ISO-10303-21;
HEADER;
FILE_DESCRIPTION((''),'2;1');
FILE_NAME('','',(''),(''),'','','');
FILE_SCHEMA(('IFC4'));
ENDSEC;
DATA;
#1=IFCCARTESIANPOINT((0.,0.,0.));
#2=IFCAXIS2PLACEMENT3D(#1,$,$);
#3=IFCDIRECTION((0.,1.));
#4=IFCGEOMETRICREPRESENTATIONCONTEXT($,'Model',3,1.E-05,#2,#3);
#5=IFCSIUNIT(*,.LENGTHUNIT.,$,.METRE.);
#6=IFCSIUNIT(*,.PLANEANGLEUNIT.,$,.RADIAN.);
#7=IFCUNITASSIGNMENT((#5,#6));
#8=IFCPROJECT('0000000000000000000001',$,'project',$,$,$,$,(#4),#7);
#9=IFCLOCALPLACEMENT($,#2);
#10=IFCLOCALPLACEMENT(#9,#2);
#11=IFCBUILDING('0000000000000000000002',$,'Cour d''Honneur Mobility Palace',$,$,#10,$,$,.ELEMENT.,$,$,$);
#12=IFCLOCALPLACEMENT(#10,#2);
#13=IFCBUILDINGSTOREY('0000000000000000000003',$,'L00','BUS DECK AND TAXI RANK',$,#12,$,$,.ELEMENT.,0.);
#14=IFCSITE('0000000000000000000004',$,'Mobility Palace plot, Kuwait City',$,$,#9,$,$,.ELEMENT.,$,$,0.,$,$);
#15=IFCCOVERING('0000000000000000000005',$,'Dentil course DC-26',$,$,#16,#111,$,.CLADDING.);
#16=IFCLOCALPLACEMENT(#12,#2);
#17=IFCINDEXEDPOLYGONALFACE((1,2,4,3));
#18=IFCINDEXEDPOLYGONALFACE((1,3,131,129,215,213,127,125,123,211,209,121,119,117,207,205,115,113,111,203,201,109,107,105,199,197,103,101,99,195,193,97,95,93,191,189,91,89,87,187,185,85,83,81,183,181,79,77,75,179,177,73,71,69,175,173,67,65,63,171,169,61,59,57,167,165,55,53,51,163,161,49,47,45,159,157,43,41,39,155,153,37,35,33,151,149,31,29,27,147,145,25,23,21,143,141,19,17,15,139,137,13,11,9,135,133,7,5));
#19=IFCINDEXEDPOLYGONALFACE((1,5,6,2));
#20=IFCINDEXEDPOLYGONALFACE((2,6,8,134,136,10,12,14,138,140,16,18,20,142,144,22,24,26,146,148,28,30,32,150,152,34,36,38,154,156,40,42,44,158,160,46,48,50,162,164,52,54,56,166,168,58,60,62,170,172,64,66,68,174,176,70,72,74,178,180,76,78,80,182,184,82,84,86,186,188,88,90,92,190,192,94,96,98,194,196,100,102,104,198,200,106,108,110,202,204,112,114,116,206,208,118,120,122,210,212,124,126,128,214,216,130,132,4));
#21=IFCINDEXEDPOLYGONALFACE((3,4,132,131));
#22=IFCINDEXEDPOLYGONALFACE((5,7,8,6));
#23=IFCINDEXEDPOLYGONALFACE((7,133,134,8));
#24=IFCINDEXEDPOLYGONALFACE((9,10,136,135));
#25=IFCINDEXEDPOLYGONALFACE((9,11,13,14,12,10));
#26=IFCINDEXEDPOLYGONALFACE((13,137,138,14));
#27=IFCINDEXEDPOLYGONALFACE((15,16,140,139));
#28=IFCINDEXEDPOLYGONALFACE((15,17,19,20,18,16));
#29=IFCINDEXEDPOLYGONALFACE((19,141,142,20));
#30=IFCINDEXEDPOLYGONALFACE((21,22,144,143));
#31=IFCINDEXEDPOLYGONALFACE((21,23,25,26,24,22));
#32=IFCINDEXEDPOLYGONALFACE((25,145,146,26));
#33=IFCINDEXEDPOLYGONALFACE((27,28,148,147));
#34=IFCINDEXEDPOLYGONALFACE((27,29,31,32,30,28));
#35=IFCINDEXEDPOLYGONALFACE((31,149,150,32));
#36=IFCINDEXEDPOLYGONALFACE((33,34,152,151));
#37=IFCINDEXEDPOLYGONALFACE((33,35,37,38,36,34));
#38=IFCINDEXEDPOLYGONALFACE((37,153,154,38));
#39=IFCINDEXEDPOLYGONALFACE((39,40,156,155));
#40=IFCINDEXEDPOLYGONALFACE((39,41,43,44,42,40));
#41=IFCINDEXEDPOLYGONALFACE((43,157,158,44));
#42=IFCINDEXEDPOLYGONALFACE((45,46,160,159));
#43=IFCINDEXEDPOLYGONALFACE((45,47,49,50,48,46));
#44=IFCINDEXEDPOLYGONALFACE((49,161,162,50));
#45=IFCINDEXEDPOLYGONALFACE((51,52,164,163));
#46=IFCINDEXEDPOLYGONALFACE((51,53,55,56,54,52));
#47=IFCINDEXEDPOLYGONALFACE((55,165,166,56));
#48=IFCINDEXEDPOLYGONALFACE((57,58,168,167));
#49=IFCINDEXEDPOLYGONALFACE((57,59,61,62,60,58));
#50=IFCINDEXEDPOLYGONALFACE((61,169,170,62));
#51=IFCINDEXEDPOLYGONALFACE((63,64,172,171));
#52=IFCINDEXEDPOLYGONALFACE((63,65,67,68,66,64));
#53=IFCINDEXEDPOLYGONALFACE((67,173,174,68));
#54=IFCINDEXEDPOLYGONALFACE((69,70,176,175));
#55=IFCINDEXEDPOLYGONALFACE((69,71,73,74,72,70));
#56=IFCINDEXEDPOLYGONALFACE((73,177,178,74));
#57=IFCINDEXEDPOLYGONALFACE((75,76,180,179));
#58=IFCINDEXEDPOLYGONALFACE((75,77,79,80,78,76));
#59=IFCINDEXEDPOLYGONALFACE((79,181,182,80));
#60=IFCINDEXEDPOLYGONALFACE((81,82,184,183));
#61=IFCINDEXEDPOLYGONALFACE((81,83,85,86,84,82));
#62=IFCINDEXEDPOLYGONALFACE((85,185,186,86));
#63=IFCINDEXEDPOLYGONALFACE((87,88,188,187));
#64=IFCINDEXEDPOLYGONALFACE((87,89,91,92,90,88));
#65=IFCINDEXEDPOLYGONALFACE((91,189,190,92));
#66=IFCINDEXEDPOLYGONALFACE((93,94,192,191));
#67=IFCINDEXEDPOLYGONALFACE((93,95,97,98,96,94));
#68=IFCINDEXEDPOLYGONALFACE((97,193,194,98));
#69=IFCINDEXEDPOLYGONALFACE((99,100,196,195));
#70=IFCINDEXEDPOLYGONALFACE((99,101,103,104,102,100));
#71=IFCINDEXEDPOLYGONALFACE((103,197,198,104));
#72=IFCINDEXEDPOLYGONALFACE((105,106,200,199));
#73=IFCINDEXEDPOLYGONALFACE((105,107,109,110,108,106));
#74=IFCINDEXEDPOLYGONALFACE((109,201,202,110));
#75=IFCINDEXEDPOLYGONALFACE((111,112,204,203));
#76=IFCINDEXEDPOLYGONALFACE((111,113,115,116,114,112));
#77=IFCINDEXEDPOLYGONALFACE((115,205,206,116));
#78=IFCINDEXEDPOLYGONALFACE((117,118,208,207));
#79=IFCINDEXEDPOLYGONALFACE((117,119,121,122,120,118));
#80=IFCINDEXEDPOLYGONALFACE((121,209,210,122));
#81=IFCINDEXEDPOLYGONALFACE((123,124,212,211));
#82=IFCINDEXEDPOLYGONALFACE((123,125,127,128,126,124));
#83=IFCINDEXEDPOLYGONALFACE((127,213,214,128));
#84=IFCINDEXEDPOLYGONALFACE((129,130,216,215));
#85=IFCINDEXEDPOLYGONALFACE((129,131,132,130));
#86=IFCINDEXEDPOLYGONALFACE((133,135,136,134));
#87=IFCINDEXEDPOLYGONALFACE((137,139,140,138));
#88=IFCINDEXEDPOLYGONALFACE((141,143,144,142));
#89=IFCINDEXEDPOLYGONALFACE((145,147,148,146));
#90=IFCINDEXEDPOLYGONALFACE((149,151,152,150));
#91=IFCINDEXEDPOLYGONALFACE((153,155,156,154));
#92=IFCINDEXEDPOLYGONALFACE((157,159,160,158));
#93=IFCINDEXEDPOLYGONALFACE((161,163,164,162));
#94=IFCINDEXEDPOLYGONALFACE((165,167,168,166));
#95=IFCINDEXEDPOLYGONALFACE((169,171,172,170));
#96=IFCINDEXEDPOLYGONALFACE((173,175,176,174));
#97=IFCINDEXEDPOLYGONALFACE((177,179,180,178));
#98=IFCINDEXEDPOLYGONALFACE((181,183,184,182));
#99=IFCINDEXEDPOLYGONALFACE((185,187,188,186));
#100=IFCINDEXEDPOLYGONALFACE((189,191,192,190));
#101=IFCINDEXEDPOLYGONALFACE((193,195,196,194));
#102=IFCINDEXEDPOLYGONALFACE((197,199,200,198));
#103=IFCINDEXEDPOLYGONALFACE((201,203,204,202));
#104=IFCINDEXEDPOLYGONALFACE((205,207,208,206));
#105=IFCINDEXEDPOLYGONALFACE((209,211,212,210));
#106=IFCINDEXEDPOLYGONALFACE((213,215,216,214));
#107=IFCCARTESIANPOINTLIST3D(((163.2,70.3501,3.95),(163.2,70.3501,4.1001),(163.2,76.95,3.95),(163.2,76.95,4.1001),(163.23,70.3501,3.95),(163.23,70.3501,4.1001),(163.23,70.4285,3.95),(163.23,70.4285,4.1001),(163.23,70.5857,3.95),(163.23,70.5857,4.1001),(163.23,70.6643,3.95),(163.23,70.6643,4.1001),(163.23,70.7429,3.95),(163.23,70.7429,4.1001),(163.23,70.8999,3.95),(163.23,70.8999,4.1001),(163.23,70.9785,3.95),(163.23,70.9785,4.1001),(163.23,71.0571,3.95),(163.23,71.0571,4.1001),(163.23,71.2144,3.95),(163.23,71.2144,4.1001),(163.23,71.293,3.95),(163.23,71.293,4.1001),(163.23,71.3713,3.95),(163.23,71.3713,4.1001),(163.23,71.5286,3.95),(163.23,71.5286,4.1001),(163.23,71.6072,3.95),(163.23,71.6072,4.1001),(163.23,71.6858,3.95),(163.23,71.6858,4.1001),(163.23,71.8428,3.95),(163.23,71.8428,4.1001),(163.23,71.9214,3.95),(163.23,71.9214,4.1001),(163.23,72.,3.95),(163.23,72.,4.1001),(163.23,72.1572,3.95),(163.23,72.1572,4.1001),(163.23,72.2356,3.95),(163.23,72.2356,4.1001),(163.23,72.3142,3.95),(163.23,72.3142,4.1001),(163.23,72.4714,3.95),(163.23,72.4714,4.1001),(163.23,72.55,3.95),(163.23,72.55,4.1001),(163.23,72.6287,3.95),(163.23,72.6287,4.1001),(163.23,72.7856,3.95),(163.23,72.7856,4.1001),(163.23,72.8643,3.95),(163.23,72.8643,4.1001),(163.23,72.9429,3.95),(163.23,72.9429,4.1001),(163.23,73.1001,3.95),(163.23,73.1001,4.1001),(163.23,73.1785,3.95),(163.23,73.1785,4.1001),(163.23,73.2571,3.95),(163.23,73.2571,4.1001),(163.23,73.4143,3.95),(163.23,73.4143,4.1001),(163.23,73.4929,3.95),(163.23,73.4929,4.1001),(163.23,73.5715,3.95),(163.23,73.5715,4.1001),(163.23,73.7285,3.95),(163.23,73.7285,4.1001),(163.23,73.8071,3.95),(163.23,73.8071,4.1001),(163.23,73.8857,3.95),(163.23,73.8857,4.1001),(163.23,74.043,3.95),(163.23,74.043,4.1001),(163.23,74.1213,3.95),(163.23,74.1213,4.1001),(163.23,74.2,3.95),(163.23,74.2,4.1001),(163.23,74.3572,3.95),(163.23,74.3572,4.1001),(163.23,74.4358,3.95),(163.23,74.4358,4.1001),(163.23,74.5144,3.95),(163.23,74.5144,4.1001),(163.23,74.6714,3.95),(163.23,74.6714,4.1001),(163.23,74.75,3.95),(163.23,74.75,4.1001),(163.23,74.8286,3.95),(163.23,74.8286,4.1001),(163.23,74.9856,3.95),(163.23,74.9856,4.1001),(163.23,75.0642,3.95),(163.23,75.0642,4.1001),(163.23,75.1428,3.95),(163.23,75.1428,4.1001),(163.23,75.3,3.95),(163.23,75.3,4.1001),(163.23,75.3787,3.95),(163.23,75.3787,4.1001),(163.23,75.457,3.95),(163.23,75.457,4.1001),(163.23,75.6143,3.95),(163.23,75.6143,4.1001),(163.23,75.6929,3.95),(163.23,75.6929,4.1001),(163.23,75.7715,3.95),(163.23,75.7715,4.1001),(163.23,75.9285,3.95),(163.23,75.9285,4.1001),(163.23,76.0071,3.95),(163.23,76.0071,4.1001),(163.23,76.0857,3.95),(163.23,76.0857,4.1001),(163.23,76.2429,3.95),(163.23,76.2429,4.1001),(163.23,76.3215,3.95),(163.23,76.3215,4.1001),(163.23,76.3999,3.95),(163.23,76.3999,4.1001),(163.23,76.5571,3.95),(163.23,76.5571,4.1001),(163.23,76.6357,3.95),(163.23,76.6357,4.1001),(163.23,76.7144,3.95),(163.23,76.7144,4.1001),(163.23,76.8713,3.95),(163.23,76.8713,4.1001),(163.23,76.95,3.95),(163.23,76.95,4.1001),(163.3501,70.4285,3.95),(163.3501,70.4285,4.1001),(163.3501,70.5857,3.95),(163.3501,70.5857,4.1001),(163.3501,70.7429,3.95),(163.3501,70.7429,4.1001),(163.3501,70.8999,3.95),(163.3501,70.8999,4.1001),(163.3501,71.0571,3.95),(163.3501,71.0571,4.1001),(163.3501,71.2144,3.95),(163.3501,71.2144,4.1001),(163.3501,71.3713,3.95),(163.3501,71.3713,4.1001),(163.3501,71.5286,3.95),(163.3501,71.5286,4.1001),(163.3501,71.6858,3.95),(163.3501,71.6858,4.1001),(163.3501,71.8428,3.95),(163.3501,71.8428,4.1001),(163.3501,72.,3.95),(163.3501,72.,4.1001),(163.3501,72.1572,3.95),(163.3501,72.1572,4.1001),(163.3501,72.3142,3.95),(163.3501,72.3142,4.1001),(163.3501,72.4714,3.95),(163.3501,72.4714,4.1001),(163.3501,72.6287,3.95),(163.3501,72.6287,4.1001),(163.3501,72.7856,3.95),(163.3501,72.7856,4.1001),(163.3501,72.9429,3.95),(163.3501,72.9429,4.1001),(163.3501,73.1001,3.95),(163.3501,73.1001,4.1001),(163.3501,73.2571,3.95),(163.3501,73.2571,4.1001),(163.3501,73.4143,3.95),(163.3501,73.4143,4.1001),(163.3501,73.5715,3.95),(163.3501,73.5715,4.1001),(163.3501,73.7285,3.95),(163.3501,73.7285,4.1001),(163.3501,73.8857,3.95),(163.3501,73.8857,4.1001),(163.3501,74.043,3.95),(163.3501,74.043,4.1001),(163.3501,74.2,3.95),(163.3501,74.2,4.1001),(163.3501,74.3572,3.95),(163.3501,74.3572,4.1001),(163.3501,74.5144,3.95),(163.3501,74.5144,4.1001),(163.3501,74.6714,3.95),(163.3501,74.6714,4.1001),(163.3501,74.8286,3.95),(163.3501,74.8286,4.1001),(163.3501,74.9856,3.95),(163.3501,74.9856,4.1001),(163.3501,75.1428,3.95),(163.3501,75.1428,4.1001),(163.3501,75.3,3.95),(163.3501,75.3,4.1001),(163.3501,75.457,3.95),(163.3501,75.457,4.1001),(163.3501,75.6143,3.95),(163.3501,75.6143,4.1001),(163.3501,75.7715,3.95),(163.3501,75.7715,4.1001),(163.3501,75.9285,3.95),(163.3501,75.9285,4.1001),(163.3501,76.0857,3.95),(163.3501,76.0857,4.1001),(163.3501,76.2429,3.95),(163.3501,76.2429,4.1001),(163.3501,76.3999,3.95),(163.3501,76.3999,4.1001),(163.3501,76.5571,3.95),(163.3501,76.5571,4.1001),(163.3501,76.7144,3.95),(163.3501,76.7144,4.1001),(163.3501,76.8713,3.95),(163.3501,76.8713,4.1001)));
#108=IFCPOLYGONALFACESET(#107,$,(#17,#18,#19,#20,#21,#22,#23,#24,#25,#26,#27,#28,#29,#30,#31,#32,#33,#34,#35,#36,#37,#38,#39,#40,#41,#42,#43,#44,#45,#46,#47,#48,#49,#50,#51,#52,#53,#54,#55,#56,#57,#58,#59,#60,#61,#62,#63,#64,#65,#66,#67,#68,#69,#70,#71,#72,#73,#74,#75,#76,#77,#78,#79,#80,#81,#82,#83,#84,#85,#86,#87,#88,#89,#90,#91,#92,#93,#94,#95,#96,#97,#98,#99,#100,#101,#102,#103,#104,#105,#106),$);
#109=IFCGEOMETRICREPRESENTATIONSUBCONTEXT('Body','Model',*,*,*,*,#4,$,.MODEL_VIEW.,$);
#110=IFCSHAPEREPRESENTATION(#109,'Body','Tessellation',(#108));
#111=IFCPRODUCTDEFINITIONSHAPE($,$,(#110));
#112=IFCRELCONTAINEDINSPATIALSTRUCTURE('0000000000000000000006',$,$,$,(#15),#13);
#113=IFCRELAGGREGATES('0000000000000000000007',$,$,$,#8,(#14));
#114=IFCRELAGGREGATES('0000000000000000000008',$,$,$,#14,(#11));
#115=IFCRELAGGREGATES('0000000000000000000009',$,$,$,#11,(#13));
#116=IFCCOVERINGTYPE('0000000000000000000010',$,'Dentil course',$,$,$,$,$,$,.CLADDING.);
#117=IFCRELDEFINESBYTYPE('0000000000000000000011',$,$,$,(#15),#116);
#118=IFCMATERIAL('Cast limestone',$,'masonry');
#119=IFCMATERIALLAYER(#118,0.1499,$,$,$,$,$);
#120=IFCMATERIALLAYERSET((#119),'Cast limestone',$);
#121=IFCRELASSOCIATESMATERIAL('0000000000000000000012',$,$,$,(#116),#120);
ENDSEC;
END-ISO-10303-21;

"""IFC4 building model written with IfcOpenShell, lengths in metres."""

from ifc_helpers import new_model, si_unit, direction, frame, origin, place, context, subcontext, project, spatial, polyline, outline, extrude, material, layer, layer_set, type_object, element, save


model = new_model("IFC4")

# Units and contexts
model_context = context("Model", 3, precision=1e-05, world=origin(), true_north=direction((0.0, 1.0)))
body_context = subcontext(model_context, "Body", "Model", "MODEL_VIEW")
ifc_project = project(units=[si_unit("LENGTHUNIT", "METRE"), si_unit("PLANEANGLEUNIT", "RADIAN")], contexts=[model_context])

# Site, building, storey
site_placement = place(None, origin())
site = spatial("IfcSite", under=ifc_project, at=site_placement, Name="Mobility Palace plot, Kuwait City", CompositionType="ELEMENT", RefElevation=0.0)
building_placement = place(site_placement, origin())
building = spatial("IfcBuilding", under=site, at=building_placement, Name="Cour d'Honneur Mobility Palace", CompositionType="ELEMENT")
storey_placement = place(building_placement, origin())
storey = spatial("IfcBuildingStorey", under=building, at=storey_placement, Name="L00", Description="BUS DECK AND TAXI RANK", CompositionType="ELEMENT", Elevation=0.0)

# Covering
ifc_material = material(Name="Cast limestone", Category="masonry")
ifc_layer = layer(ifc_material, 0.1499)
ifc_layer_set = layer_set([ifc_layer], Name="Cast limestone")
covering_type = type_object("IfcCoveringType", Name="Dentil course", PredefinedType="CLADDING", material=ifc_layer_set)
covering_1_placement = place(storey_placement, frame((0.0, 0.0, 3.95)))
element("IfcCovering", 1, at=covering_1_placement, inside=storey, type_object=covering_type, Name="Dentil course DC-26", PredefinedType="CLADDING", context=body_context, shape_type="SweptSolid", body=[
    extrude(outline(polyline([(163.2, 70.3501), (163.2, 76.95), (163.23, 76.95), (163.23, 76.95), (163.23, 76.8713), (163.3501, 76.8713), (163.3501, 76.7144), (163.23, 76.7144), (163.23, 76.6357), (163.23, 76.6357), (163.23, 76.5571), (163.3501, 76.5571), (163.3501, 76.3999), (163.23, 76.3999), (163.23, 76.3215), (163.23, 76.3215), (163.23, 76.2429), (163.3501, 76.2429), (163.3501, 76.0857), (163.23, 76.0857), (163.23, 76.0071), (163.23, 76.0071), (163.23, 75.9285), (163.3501, 75.9285), (163.3501, 75.7715), (163.23, 75.7715), (163.23, 75.6929), (163.23, 75.6929), (163.23, 75.6143), (163.3501, 75.6143), (163.3501, 75.457), (163.23, 75.457), (163.23, 75.3787), (163.23, 75.3787), (163.23, 75.3), (163.3501, 75.3), (163.3501, 75.1428), (163.23, 75.1428), (163.23, 75.0642), (163.23, 75.0642), (163.23, 74.9856), (163.3501, 74.9856), (163.3501, 74.8286), (163.23, 74.8286), (163.23, 74.75), (163.23, 74.75), (163.23, 74.6714), (163.3501, 74.6714), (163.3501, 74.5144), (163.23, 74.5144), (163.23, 74.4358), (163.23, 74.4358), (163.23, 74.3572), (163.3501, 74.3572), (163.3501, 74.2), (163.23, 74.2), (163.23, 74.1213), (163.23, 74.1213), (163.23, 74.043), (163.3501, 74.043), (163.3501, 73.8857), (163.23, 73.8857), (163.23, 73.8071), (163.23, 73.8071), (163.23, 73.7285), (163.3501, 73.7285), (163.3501, 73.5715), (163.23, 73.5715), (163.23, 73.4929), (163.23, 73.4929), (163.23, 73.4143), (163.3501, 73.4143), (163.3501, 73.2571), (163.23, 73.2571), (163.23, 73.1785), (163.23, 73.1785), (163.23, 73.1001), (163.3501, 73.1001), (163.3501, 72.9429), (163.23, 72.9429), (163.23, 72.8643), (163.23, 72.8643), (163.23, 72.7856), (163.3501, 72.7856), (163.3501, 72.6287), (163.23, 72.6287), (163.23, 72.55), (163.23, 72.55), (163.23, 72.4714), (163.3501, 72.4714), (163.3501, 72.3142), (163.23, 72.3142), (163.23, 72.2356), (163.23, 72.2356), (163.23, 72.1572), (163.3501, 72.1572), (163.3501, 72.0), (163.23, 72.0), (163.23, 71.9214), (163.23, 71.9214), (163.23, 71.8428), (163.3501, 71.8428), (163.3501, 71.6858), (163.23, 71.6858), (163.23, 71.6072), (163.23, 71.6072), (163.23, 71.5286), (163.3501, 71.5286), (163.3501, 71.3713), (163.23, 71.3713), (163.23, 71.293), (163.23, 71.293), (163.23, 71.2144), (163.3501, 71.2144), (163.3501, 71.0571), (163.23, 71.0571), (163.23, 70.9785), (163.23, 70.9785), (163.23, 70.8999), (163.3501, 70.8999), (163.3501, 70.7429), (163.23, 70.7429), (163.23, 70.6643), (163.23, 70.6643), (163.23, 70.5857), (163.3501, 70.5857), (163.3501, 70.4285), (163.23, 70.4285), (163.23, 70.3501), (163.2, 70.3501)])), origin(), (0.0, 0.0, 1.0), 0.1501),
])

save(model, "model.ifc")
